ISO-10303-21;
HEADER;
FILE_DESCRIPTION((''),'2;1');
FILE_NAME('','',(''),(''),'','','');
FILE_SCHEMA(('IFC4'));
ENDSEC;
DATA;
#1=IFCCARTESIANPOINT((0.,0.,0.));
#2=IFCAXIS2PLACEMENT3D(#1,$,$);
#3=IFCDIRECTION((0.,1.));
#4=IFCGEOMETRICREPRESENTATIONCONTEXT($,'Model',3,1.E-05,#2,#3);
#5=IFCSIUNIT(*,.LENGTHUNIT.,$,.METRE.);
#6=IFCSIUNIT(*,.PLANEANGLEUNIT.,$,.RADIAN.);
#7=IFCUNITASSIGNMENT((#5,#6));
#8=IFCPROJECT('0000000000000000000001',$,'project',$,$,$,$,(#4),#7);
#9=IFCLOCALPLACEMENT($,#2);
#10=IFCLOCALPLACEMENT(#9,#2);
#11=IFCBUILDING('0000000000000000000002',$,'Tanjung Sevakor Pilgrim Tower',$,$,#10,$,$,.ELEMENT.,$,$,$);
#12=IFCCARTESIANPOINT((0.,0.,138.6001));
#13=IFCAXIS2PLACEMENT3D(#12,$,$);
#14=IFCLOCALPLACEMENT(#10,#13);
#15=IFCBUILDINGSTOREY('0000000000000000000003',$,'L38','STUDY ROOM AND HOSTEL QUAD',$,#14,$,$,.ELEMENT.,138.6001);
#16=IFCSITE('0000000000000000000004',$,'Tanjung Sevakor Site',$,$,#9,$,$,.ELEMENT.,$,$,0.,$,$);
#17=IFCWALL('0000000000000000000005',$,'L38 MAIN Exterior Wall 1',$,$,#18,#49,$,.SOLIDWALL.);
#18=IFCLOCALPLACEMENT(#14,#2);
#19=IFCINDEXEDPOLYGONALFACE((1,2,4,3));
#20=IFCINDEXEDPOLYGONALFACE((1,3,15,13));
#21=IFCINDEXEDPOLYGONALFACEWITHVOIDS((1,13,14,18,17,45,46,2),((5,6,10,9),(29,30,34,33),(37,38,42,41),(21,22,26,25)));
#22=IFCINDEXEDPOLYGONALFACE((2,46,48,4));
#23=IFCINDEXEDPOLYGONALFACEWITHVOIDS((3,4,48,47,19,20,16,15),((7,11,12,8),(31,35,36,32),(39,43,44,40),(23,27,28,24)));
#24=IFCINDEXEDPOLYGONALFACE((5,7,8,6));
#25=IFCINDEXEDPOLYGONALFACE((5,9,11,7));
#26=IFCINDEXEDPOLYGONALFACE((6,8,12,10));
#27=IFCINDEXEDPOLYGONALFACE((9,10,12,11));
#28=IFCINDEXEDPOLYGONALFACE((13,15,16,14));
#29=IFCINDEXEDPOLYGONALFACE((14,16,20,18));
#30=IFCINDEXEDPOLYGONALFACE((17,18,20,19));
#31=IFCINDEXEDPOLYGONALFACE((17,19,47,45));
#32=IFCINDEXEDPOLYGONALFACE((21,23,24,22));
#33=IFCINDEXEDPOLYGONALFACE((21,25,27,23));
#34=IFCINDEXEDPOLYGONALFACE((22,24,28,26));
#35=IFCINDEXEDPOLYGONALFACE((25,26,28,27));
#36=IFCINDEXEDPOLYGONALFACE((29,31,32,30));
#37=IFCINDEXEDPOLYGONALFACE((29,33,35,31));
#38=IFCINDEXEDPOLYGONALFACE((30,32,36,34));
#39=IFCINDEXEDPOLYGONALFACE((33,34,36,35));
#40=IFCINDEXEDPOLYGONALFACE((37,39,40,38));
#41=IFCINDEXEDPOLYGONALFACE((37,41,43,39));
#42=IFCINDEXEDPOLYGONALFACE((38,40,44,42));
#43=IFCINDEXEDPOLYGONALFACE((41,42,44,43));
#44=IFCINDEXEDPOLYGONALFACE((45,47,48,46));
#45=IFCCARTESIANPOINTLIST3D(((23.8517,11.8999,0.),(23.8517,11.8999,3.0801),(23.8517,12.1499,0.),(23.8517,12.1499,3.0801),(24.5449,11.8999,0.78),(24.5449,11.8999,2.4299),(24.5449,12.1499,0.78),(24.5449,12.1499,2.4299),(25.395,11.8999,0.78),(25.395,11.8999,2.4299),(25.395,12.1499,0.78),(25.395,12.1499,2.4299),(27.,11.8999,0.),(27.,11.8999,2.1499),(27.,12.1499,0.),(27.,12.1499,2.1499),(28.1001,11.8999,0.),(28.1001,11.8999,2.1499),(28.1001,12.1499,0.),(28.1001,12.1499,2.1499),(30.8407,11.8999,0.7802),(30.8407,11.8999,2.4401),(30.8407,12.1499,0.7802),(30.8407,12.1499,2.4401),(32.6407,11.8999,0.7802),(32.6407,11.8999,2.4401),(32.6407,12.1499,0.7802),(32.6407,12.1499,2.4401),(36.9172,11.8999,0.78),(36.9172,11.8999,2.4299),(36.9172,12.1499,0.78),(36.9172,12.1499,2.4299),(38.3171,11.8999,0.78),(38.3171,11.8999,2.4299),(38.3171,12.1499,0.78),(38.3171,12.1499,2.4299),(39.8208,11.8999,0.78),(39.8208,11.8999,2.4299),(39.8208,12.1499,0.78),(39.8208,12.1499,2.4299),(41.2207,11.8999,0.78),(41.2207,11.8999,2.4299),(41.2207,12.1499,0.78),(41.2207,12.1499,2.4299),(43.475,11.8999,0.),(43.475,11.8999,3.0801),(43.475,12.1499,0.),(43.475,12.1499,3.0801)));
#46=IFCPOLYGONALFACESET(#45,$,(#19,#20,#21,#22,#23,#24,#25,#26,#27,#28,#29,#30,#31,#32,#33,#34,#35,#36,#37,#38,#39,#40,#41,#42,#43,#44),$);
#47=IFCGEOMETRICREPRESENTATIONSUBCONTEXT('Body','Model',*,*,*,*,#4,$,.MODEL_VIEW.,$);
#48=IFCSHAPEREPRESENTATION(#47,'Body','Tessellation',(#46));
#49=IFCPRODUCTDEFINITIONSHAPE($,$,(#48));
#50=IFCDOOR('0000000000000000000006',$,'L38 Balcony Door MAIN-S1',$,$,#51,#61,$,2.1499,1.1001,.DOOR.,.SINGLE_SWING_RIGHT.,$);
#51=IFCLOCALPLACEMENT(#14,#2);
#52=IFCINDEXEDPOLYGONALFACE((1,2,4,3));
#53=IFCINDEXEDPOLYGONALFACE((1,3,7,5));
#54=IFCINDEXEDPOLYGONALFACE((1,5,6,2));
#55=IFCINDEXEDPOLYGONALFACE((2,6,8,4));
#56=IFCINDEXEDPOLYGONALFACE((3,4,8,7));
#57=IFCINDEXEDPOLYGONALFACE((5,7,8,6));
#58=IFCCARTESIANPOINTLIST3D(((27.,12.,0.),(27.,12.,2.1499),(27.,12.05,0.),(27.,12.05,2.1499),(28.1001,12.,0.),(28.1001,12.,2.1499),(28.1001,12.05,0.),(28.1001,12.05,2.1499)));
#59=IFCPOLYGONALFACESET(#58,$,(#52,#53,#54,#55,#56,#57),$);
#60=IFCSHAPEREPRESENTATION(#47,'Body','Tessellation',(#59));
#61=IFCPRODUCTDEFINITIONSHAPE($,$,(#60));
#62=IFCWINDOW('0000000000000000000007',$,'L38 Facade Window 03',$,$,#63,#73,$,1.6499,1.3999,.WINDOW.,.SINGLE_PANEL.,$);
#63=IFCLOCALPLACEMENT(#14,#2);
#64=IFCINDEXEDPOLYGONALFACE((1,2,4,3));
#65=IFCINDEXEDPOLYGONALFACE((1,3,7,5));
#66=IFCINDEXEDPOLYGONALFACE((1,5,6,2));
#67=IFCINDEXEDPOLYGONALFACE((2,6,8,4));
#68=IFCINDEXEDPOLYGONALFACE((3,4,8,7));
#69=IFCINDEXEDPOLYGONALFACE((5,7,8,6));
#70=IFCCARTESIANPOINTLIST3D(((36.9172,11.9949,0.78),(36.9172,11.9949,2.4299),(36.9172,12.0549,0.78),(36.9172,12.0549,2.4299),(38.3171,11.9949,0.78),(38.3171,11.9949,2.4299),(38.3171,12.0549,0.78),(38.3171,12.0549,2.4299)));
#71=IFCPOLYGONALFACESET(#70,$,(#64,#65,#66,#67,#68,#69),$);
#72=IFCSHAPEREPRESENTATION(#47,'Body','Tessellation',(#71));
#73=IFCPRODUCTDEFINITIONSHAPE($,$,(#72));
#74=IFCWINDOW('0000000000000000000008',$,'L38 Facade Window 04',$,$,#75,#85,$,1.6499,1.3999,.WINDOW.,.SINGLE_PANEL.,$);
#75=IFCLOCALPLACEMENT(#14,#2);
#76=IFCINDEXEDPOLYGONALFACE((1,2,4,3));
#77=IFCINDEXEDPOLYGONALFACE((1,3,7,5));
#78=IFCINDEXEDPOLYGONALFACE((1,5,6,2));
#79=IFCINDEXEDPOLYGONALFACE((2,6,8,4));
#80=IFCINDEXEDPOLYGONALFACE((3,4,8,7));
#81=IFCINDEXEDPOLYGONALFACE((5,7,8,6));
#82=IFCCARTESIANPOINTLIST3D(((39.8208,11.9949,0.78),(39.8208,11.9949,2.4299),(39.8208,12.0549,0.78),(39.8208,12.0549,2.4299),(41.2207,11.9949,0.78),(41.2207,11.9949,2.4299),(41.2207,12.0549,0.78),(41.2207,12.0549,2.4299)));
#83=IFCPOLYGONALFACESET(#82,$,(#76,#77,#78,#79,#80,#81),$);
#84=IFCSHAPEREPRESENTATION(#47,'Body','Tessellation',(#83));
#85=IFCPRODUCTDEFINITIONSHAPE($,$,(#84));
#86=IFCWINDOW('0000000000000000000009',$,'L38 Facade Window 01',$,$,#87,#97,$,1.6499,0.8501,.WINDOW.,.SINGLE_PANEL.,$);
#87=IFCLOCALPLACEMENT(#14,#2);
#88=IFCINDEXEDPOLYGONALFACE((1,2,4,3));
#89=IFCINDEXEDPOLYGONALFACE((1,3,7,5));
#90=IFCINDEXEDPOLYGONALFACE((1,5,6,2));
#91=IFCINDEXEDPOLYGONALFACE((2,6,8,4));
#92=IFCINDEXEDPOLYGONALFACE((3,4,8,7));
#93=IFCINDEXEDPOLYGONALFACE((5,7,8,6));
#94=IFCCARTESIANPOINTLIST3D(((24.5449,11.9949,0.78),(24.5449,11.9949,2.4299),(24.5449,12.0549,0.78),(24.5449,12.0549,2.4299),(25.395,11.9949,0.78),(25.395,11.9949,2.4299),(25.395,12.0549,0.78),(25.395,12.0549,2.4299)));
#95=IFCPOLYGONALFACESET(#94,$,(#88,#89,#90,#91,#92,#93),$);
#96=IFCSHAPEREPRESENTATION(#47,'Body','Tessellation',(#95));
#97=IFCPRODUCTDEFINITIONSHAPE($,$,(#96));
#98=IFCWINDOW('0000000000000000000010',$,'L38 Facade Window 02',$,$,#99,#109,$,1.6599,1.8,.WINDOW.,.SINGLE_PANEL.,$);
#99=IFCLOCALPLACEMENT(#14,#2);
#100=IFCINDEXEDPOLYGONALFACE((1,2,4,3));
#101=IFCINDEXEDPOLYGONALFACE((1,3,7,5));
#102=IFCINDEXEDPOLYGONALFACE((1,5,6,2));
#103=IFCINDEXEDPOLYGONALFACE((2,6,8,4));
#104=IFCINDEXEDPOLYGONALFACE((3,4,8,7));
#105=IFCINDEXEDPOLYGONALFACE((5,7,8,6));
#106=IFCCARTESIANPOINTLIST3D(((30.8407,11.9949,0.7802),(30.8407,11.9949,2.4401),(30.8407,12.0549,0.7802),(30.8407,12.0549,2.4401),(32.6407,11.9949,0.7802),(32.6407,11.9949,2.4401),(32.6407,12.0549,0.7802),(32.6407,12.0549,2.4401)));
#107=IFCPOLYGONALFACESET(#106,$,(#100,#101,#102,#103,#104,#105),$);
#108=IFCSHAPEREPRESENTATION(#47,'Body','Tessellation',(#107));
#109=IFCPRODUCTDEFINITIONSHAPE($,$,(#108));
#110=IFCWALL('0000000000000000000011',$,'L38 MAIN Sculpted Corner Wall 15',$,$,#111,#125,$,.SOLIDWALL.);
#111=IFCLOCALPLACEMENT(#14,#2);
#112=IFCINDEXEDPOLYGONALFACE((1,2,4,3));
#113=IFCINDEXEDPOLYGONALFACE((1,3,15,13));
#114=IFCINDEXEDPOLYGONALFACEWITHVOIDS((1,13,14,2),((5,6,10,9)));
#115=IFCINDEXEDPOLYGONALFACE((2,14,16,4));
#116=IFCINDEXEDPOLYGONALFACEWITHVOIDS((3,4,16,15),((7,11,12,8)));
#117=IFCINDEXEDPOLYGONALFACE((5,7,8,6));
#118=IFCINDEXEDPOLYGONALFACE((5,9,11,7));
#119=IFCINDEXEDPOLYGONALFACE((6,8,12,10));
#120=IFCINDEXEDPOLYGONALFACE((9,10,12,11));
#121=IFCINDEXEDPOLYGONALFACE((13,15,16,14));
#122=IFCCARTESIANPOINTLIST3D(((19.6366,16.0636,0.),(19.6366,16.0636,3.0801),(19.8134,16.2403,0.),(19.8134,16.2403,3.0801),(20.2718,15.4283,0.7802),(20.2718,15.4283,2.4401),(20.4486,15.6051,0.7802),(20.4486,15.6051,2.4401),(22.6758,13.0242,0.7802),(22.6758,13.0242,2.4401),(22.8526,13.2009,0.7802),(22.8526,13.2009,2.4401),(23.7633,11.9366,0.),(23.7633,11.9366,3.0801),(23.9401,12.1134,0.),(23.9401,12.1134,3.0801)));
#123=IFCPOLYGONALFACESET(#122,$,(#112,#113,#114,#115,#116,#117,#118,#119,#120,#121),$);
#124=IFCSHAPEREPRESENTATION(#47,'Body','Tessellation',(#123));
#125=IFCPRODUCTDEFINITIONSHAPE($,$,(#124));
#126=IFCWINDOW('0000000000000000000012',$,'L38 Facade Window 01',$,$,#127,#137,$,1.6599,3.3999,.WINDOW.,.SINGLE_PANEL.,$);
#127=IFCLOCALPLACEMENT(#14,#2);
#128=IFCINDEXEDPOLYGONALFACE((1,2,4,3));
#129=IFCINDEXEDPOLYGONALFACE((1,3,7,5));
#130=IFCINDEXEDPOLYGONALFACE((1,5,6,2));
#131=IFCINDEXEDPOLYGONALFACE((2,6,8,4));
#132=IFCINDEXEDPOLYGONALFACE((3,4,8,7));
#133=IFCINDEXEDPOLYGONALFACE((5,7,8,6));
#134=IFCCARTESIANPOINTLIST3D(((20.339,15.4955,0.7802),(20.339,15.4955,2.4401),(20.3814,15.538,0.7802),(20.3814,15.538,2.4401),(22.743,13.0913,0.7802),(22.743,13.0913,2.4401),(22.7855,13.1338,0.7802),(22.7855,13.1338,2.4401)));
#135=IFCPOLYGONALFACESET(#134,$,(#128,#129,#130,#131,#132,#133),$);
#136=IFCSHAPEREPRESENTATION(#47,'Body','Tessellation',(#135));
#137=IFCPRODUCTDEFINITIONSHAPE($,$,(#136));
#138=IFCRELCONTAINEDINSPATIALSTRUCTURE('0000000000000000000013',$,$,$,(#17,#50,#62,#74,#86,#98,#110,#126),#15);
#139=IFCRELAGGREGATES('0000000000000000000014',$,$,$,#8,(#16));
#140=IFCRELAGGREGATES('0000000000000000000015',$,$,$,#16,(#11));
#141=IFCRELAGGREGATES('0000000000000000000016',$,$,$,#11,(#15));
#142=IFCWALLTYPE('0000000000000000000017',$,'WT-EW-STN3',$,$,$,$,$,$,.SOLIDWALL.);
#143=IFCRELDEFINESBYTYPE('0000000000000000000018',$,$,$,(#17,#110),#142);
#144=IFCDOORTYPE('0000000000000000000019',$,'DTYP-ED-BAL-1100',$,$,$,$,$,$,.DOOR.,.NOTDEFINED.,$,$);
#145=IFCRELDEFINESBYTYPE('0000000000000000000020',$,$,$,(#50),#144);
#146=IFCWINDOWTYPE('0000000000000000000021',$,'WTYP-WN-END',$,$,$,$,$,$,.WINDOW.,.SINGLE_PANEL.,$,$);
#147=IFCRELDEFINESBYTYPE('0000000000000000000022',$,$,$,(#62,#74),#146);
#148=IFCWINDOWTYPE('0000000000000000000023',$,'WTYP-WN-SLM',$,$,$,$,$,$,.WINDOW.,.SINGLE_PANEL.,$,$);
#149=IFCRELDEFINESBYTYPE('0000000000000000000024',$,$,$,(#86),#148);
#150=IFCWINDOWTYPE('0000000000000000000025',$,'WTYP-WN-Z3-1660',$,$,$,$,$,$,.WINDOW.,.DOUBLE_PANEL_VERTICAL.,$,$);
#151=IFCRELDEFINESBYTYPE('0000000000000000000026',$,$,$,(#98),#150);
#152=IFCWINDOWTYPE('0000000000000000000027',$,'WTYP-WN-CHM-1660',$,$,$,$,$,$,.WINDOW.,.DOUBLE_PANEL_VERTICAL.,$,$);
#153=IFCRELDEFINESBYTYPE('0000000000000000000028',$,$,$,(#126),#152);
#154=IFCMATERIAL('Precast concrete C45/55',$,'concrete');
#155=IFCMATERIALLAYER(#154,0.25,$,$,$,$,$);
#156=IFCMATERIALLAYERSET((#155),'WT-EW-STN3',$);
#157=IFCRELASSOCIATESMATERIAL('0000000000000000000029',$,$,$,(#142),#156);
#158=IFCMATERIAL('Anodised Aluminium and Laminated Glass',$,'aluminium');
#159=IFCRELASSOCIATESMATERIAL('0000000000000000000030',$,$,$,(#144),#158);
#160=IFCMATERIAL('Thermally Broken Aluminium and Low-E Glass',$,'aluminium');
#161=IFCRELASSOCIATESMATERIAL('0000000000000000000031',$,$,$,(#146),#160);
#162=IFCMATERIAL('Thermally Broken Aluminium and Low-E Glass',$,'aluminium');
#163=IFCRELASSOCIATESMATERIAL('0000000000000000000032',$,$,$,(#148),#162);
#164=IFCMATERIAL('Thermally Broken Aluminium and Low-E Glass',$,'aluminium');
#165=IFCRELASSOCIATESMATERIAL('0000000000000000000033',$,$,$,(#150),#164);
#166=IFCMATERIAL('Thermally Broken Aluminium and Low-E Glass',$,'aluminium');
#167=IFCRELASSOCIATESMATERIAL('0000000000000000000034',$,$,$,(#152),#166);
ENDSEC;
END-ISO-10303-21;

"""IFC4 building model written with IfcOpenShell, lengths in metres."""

from ifc_helpers import new_model, si_unit, direction, frame, frame_2d, origin, place, context, subcontext, project, spatial, rectangle, extrude, material, layer, layer_set, type_object, element, fill, save


model = new_model("IFC4")

# Units and contexts
model_context = context("Model", 3, precision=1e-05, world=origin(), true_north=direction((0.0, 1.0)))
body_context = subcontext(model_context, "Body", "Model", "MODEL_VIEW")
ifc_project = project(units=[si_unit("LENGTHUNIT", "METRE"), si_unit("PLANEANGLEUNIT", "RADIAN")], contexts=[model_context])

# Site, building, storey
site_placement = place(None, origin())
site = spatial("IfcSite", under=ifc_project, at=site_placement, Name="Tanjung Sevakor Site", CompositionType="ELEMENT", RefElevation=0.0)
building_placement = place(site_placement, origin())
building = spatial("IfcBuilding", under=site, at=building_placement, Name="Tanjung Sevakor Pilgrim Tower", CompositionType="ELEMENT")
storey_placement = place(building_placement, frame((0.0, 0.0, 138.6001)))
storey = spatial("IfcBuildingStorey", under=building, at=storey_placement, Name="L38", Description="STUDY ROOM AND HOSTEL QUAD", CompositionType="ELEMENT", Elevation=138.6001)

# Wall, openings, door, windows
ifc_material_1 = material(Name="Precast concrete C45/55", Category="concrete")
ifc_layer_1 = layer(ifc_material_1, 0.25)
ifc_layer_set_1 = layer_set([ifc_layer_1], Name="WT-EW-STN3")
wall_type_1 = type_object("IfcWallType", Name="WT-EW-STN3", PredefinedType="SOLIDWALL", material=ifc_layer_set_1)
wall_1_placement = place(storey_placement, frame((23.8518, 12.0249, 0.0), z_axis=(0.0, 0.0, 1.0), x_axis=(1.0, 0.0, 0.0)))
wall_1 = element("IfcWall", 1, at=wall_1_placement, inside=storey, type_object=wall_type_1, Name="L38 MAIN Exterior Wall 1", PredefinedType="SOLIDWALL", context=body_context, shape_type="SweptSolid", body=[
    extrude(rectangle(XDim=19.6233, YDim=0.25, at=frame_2d((9.8115, 0.0))), origin(), (0.0, 0.0, 1.0), 3.0801),
])
opening_1_placement = place(wall_1_placement, frame((3.1482, 0.0, 0.0)))
opening_1 = element("IfcOpeningElement", 2, at=opening_1_placement, cuts=wall_1, PredefinedType="OPENING", context=body_context, shape_type="SweptSolid", body=[
    extrude(rectangle(XDim=1.1001, YDim=2.1499, at=frame_2d((0.55, 1.075))), frame((0.0, 0.135, 0.0), z_axis=(0.0, -1.0, 0.0), x_axis=(1.0, 0.0, 0.0)), (0.0, 0.0, 1.0), 0.27),
])
opening_2_placement = place(wall_1_placement, frame((0.6931, 0.0, 0.78)))
opening_2 = element("IfcOpeningElement", 3, at=opening_2_placement, cuts=wall_1, PredefinedType="OPENING", context=body_context, shape_type="SweptSolid", body=[
    extrude(rectangle(XDim=0.8501, YDim=1.6499, at=frame_2d((0.425, 0.825))), frame((0.0, 0.135, 0.0), z_axis=(0.0, -1.0, 0.0), x_axis=(1.0, 0.0, 0.0)), (0.0, 0.0, 1.0), 0.27),
])
opening_3_placement = place(wall_1_placement, frame((6.989, 0.0, 0.78)))
opening_3 = element("IfcOpeningElement", 4, at=opening_3_placement, cuts=wall_1, PredefinedType="OPENING", context=body_context, shape_type="SweptSolid", body=[
    extrude(rectangle(XDim=1.8, YDim=1.6599, at=frame_2d((0.8999, 0.8301))), frame((0.0, 0.135, 0.0), z_axis=(0.0, -1.0, 0.0), x_axis=(1.0, 0.0, 0.0)), (0.0, 0.0, 1.0), 0.27),
])
opening_4_placement = place(wall_1_placement, frame((13.0654, 0.0, 0.78)))
opening_4 = element("IfcOpeningElement", 5, at=opening_4_placement, cuts=wall_1, PredefinedType="OPENING", context=body_context, shape_type="SweptSolid", body=[
    extrude(rectangle(XDim=1.3999, YDim=1.6499, at=frame_2d((0.7, 0.825))), frame((0.0, 0.135, 0.0), z_axis=(0.0, -1.0, 0.0), x_axis=(1.0, 0.0, 0.0)), (0.0, 0.0, 1.0), 0.27),
])
opening_5_placement = place(wall_1_placement, frame((15.969, 0.0, 0.78)))
opening_5 = element("IfcOpeningElement", 6, at=opening_5_placement, cuts=wall_1, PredefinedType="OPENING", context=body_context, shape_type="SweptSolid", body=[
    extrude(rectangle(XDim=1.3999, YDim=1.6499, at=frame_2d((0.7, 0.825))), frame((0.0, 0.135, 0.0), z_axis=(0.0, -1.0, 0.0), x_axis=(1.0, 0.0, 0.0)), (0.0, 0.0, 1.0), 0.27),
])
ifc_material_2 = material(Name="Anodised Aluminium and Laminated Glass", Category="aluminium")
door_type_1 = type_object("IfcDoorType", Name="DTYP-ED-BAL-1100", OperationType="NOTDEFINED", PredefinedType="DOOR", material=ifc_material_2)
door_1_placement = place(opening_1_placement, frame((1.1001, 0.0, 0.0), z_axis=(0.0, 0.0, 1.0), x_axis=(-1.0, 0.0, 0.0)))
door_1 = element("IfcDoor", 7, at=door_1_placement, inside=storey, type_object=door_type_1, Name="L38 Balcony Door MAIN-S1", OperationType="SINGLE_SWING_RIGHT", OverallHeight=2.1499, OverallWidth=1.1001, PredefinedType="DOOR", context=body_context, shape_type="SweptSolid", body=[
    extrude(rectangle(XDim=1.1001, YDim=2.1499, at=frame_2d((0.55, 1.075))), frame((0.0, 0.0249, 0.0), z_axis=(0.0, -1.0, 0.0), x_axis=(1.0, 0.0, 0.0)), (0.0, 0.0, 1.0), 0.05),
])
fill(opening_1, door_1)
ifc_material_3 = material(Name="Thermally Broken Aluminium and Low-E Glass", Category="aluminium")
window_type_1 = type_object("IfcWindowType", Name="WTYP-WN-END", PartitioningType="SINGLE_PANEL", PredefinedType="WINDOW", material=ifc_material_3)
window_1_placement = place(opening_4_placement, origin())
window_1 = element("IfcWindow", 8, at=window_1_placement, inside=storey, type_object=window_type_1, Name="L38 Facade Window 03", OverallHeight=1.6499, OverallWidth=1.3999, PartitioningType="SINGLE_PANEL", PredefinedType="WINDOW", context=body_context, shape_type="SweptSolid", body=[
    extrude(rectangle(XDim=1.3999, YDim=1.6499, at=frame_2d((0.7, 0.825))), frame((0.0, 0.03, 0.0), z_axis=(0.0, -1.0, 0.0), x_axis=(1.0, 0.0, 0.0)), (0.0, 0.0, 1.0), 0.0601),
])
fill(opening_4, window_1)
window_2_placement = place(opening_5_placement, origin())
window_2 = element("IfcWindow", 9, at=window_2_placement, inside=storey, type_object=window_type_1, Name="L38 Facade Window 04", OverallHeight=1.6499, OverallWidth=1.3999, PartitioningType="SINGLE_PANEL", PredefinedType="WINDOW", context=body_context, shape_type="SweptSolid", body=[
    extrude(rectangle(XDim=1.3999, YDim=1.6499, at=frame_2d((0.7, 0.825))), frame((0.0, 0.03, 0.0), z_axis=(0.0, -1.0, 0.0), x_axis=(1.0, 0.0, 0.0)), (0.0, 0.0, 1.0), 0.0601),
])
fill(opening_5, window_2)
ifc_material_4 = material(Name="Thermally Broken Aluminium and Low-E Glass", Category="aluminium")
window_type_2 = type_object("IfcWindowType", Name="WTYP-WN-SLM", PartitioningType="SINGLE_PANEL", PredefinedType="WINDOW", material=ifc_material_4)
window_3_placement = place(opening_2_placement, origin())
window_3 = element("IfcWindow", 10, at=window_3_placement, inside=storey, type_object=window_type_2, Name="L38 Facade Window 01", OverallHeight=1.6499, OverallWidth=0.8501, PartitioningType="SINGLE_PANEL", PredefinedType="WINDOW", context=body_context, shape_type="SweptSolid", body=[
    extrude(rectangle(XDim=0.8501, YDim=1.6499, at=frame_2d((0.425, 0.825))), frame((0.0, 0.03, 0.0), z_axis=(0.0, -1.0, 0.0), x_axis=(1.0, 0.0, 0.0)), (0.0, 0.0, 1.0), 0.0601),
])
fill(opening_2, window_3)
ifc_material_5 = material(Name="Thermally Broken Aluminium and Low-E Glass", Category="aluminium")
window_type_3 = type_object("IfcWindowType", Name="WTYP-WN-Z3-1660", PartitioningType="DOUBLE_PANEL_VERTICAL", PredefinedType="WINDOW", material=ifc_material_5)
window_4_placement = place(opening_3_placement, origin())
window_4 = element("IfcWindow", 11, at=window_4_placement, inside=storey, type_object=window_type_3, Name="L38 Facade Window 02", OverallHeight=1.6599, OverallWidth=1.8, PartitioningType="SINGLE_PANEL", PredefinedType="WINDOW", context=body_context, shape_type="SweptSolid", body=[
    extrude(rectangle(XDim=1.8, YDim=1.6599, at=frame_2d((0.8999, 0.8301))), frame((0.0, 0.03, 0.0), z_axis=(0.0, -1.0, 0.0), x_axis=(1.0, 0.0, 0.0)), (0.0, 0.0, 1.0), 0.0601),
])
fill(opening_3, window_4)

# Wall, opening, window
wall_2_placement = place(storey_placement, frame((19.7251, 16.1519, 0.0), z_axis=(0.0, 0.0, 1.0), x_axis=(0.707086, -0.707128, 0.0)))
wall_2 = element("IfcWall", 12, at=wall_2_placement, inside=storey, type_object=wall_type_1, Name="L38 MAIN Sculpted Corner Wall 15", PredefinedType="SOLIDWALL", context=body_context, shape_type="SweptSolid", body=[
    extrude(rectangle(XDim=5.8362, YDim=0.25, at=frame_2d((2.918, 0.0))), origin(), (0.0, 0.0, 1.0), 3.0801),
])
opening_6_placement = place(wall_2_placement, frame((0.8982, 0.0, 0.78)))
opening_6 = element("IfcOpeningElement", 13, at=opening_6_placement, cuts=wall_2, PredefinedType="OPENING", context=body_context, shape_type="SweptSolid", body=[
    extrude(rectangle(XDim=3.3999, YDim=1.6599, at=frame_2d((1.7, 0.8301))), frame((0.0, 0.135, 0.0), z_axis=(0.0, -1.0, 0.0), x_axis=(1.0, 0.0, 0.0)), (0.0, 0.0, 1.0), 0.27),
])
ifc_material_6 = material(Name="Thermally Broken Aluminium and Low-E Glass", Category="aluminium")
window_type_4 = type_object("IfcWindowType", Name="WTYP-WN-CHM-1660", PartitioningType="DOUBLE_PANEL_VERTICAL", PredefinedType="WINDOW", material=ifc_material_6)
window_5_placement = place(opening_6_placement, origin())
window_5 = element("IfcWindow", 14, at=window_5_placement, inside=storey, type_object=window_type_4, Name="L38 Facade Window 01", OverallHeight=1.6599, OverallWidth=3.3999, PartitioningType="SINGLE_PANEL", PredefinedType="WINDOW", context=body_context, shape_type="SweptSolid", body=[
    extrude(rectangle(XDim=3.3999, YDim=1.6599, at=frame_2d((1.7, 0.8301))), frame((0.0, 0.03, 0.0), z_axis=(0.0, -1.0, 0.0), x_axis=(1.0, 0.0, 0.0)), (0.0, 0.0, 1.0), 0.0601),
])
fill(opening_6, window_5)

save(model, "model.ifc")
